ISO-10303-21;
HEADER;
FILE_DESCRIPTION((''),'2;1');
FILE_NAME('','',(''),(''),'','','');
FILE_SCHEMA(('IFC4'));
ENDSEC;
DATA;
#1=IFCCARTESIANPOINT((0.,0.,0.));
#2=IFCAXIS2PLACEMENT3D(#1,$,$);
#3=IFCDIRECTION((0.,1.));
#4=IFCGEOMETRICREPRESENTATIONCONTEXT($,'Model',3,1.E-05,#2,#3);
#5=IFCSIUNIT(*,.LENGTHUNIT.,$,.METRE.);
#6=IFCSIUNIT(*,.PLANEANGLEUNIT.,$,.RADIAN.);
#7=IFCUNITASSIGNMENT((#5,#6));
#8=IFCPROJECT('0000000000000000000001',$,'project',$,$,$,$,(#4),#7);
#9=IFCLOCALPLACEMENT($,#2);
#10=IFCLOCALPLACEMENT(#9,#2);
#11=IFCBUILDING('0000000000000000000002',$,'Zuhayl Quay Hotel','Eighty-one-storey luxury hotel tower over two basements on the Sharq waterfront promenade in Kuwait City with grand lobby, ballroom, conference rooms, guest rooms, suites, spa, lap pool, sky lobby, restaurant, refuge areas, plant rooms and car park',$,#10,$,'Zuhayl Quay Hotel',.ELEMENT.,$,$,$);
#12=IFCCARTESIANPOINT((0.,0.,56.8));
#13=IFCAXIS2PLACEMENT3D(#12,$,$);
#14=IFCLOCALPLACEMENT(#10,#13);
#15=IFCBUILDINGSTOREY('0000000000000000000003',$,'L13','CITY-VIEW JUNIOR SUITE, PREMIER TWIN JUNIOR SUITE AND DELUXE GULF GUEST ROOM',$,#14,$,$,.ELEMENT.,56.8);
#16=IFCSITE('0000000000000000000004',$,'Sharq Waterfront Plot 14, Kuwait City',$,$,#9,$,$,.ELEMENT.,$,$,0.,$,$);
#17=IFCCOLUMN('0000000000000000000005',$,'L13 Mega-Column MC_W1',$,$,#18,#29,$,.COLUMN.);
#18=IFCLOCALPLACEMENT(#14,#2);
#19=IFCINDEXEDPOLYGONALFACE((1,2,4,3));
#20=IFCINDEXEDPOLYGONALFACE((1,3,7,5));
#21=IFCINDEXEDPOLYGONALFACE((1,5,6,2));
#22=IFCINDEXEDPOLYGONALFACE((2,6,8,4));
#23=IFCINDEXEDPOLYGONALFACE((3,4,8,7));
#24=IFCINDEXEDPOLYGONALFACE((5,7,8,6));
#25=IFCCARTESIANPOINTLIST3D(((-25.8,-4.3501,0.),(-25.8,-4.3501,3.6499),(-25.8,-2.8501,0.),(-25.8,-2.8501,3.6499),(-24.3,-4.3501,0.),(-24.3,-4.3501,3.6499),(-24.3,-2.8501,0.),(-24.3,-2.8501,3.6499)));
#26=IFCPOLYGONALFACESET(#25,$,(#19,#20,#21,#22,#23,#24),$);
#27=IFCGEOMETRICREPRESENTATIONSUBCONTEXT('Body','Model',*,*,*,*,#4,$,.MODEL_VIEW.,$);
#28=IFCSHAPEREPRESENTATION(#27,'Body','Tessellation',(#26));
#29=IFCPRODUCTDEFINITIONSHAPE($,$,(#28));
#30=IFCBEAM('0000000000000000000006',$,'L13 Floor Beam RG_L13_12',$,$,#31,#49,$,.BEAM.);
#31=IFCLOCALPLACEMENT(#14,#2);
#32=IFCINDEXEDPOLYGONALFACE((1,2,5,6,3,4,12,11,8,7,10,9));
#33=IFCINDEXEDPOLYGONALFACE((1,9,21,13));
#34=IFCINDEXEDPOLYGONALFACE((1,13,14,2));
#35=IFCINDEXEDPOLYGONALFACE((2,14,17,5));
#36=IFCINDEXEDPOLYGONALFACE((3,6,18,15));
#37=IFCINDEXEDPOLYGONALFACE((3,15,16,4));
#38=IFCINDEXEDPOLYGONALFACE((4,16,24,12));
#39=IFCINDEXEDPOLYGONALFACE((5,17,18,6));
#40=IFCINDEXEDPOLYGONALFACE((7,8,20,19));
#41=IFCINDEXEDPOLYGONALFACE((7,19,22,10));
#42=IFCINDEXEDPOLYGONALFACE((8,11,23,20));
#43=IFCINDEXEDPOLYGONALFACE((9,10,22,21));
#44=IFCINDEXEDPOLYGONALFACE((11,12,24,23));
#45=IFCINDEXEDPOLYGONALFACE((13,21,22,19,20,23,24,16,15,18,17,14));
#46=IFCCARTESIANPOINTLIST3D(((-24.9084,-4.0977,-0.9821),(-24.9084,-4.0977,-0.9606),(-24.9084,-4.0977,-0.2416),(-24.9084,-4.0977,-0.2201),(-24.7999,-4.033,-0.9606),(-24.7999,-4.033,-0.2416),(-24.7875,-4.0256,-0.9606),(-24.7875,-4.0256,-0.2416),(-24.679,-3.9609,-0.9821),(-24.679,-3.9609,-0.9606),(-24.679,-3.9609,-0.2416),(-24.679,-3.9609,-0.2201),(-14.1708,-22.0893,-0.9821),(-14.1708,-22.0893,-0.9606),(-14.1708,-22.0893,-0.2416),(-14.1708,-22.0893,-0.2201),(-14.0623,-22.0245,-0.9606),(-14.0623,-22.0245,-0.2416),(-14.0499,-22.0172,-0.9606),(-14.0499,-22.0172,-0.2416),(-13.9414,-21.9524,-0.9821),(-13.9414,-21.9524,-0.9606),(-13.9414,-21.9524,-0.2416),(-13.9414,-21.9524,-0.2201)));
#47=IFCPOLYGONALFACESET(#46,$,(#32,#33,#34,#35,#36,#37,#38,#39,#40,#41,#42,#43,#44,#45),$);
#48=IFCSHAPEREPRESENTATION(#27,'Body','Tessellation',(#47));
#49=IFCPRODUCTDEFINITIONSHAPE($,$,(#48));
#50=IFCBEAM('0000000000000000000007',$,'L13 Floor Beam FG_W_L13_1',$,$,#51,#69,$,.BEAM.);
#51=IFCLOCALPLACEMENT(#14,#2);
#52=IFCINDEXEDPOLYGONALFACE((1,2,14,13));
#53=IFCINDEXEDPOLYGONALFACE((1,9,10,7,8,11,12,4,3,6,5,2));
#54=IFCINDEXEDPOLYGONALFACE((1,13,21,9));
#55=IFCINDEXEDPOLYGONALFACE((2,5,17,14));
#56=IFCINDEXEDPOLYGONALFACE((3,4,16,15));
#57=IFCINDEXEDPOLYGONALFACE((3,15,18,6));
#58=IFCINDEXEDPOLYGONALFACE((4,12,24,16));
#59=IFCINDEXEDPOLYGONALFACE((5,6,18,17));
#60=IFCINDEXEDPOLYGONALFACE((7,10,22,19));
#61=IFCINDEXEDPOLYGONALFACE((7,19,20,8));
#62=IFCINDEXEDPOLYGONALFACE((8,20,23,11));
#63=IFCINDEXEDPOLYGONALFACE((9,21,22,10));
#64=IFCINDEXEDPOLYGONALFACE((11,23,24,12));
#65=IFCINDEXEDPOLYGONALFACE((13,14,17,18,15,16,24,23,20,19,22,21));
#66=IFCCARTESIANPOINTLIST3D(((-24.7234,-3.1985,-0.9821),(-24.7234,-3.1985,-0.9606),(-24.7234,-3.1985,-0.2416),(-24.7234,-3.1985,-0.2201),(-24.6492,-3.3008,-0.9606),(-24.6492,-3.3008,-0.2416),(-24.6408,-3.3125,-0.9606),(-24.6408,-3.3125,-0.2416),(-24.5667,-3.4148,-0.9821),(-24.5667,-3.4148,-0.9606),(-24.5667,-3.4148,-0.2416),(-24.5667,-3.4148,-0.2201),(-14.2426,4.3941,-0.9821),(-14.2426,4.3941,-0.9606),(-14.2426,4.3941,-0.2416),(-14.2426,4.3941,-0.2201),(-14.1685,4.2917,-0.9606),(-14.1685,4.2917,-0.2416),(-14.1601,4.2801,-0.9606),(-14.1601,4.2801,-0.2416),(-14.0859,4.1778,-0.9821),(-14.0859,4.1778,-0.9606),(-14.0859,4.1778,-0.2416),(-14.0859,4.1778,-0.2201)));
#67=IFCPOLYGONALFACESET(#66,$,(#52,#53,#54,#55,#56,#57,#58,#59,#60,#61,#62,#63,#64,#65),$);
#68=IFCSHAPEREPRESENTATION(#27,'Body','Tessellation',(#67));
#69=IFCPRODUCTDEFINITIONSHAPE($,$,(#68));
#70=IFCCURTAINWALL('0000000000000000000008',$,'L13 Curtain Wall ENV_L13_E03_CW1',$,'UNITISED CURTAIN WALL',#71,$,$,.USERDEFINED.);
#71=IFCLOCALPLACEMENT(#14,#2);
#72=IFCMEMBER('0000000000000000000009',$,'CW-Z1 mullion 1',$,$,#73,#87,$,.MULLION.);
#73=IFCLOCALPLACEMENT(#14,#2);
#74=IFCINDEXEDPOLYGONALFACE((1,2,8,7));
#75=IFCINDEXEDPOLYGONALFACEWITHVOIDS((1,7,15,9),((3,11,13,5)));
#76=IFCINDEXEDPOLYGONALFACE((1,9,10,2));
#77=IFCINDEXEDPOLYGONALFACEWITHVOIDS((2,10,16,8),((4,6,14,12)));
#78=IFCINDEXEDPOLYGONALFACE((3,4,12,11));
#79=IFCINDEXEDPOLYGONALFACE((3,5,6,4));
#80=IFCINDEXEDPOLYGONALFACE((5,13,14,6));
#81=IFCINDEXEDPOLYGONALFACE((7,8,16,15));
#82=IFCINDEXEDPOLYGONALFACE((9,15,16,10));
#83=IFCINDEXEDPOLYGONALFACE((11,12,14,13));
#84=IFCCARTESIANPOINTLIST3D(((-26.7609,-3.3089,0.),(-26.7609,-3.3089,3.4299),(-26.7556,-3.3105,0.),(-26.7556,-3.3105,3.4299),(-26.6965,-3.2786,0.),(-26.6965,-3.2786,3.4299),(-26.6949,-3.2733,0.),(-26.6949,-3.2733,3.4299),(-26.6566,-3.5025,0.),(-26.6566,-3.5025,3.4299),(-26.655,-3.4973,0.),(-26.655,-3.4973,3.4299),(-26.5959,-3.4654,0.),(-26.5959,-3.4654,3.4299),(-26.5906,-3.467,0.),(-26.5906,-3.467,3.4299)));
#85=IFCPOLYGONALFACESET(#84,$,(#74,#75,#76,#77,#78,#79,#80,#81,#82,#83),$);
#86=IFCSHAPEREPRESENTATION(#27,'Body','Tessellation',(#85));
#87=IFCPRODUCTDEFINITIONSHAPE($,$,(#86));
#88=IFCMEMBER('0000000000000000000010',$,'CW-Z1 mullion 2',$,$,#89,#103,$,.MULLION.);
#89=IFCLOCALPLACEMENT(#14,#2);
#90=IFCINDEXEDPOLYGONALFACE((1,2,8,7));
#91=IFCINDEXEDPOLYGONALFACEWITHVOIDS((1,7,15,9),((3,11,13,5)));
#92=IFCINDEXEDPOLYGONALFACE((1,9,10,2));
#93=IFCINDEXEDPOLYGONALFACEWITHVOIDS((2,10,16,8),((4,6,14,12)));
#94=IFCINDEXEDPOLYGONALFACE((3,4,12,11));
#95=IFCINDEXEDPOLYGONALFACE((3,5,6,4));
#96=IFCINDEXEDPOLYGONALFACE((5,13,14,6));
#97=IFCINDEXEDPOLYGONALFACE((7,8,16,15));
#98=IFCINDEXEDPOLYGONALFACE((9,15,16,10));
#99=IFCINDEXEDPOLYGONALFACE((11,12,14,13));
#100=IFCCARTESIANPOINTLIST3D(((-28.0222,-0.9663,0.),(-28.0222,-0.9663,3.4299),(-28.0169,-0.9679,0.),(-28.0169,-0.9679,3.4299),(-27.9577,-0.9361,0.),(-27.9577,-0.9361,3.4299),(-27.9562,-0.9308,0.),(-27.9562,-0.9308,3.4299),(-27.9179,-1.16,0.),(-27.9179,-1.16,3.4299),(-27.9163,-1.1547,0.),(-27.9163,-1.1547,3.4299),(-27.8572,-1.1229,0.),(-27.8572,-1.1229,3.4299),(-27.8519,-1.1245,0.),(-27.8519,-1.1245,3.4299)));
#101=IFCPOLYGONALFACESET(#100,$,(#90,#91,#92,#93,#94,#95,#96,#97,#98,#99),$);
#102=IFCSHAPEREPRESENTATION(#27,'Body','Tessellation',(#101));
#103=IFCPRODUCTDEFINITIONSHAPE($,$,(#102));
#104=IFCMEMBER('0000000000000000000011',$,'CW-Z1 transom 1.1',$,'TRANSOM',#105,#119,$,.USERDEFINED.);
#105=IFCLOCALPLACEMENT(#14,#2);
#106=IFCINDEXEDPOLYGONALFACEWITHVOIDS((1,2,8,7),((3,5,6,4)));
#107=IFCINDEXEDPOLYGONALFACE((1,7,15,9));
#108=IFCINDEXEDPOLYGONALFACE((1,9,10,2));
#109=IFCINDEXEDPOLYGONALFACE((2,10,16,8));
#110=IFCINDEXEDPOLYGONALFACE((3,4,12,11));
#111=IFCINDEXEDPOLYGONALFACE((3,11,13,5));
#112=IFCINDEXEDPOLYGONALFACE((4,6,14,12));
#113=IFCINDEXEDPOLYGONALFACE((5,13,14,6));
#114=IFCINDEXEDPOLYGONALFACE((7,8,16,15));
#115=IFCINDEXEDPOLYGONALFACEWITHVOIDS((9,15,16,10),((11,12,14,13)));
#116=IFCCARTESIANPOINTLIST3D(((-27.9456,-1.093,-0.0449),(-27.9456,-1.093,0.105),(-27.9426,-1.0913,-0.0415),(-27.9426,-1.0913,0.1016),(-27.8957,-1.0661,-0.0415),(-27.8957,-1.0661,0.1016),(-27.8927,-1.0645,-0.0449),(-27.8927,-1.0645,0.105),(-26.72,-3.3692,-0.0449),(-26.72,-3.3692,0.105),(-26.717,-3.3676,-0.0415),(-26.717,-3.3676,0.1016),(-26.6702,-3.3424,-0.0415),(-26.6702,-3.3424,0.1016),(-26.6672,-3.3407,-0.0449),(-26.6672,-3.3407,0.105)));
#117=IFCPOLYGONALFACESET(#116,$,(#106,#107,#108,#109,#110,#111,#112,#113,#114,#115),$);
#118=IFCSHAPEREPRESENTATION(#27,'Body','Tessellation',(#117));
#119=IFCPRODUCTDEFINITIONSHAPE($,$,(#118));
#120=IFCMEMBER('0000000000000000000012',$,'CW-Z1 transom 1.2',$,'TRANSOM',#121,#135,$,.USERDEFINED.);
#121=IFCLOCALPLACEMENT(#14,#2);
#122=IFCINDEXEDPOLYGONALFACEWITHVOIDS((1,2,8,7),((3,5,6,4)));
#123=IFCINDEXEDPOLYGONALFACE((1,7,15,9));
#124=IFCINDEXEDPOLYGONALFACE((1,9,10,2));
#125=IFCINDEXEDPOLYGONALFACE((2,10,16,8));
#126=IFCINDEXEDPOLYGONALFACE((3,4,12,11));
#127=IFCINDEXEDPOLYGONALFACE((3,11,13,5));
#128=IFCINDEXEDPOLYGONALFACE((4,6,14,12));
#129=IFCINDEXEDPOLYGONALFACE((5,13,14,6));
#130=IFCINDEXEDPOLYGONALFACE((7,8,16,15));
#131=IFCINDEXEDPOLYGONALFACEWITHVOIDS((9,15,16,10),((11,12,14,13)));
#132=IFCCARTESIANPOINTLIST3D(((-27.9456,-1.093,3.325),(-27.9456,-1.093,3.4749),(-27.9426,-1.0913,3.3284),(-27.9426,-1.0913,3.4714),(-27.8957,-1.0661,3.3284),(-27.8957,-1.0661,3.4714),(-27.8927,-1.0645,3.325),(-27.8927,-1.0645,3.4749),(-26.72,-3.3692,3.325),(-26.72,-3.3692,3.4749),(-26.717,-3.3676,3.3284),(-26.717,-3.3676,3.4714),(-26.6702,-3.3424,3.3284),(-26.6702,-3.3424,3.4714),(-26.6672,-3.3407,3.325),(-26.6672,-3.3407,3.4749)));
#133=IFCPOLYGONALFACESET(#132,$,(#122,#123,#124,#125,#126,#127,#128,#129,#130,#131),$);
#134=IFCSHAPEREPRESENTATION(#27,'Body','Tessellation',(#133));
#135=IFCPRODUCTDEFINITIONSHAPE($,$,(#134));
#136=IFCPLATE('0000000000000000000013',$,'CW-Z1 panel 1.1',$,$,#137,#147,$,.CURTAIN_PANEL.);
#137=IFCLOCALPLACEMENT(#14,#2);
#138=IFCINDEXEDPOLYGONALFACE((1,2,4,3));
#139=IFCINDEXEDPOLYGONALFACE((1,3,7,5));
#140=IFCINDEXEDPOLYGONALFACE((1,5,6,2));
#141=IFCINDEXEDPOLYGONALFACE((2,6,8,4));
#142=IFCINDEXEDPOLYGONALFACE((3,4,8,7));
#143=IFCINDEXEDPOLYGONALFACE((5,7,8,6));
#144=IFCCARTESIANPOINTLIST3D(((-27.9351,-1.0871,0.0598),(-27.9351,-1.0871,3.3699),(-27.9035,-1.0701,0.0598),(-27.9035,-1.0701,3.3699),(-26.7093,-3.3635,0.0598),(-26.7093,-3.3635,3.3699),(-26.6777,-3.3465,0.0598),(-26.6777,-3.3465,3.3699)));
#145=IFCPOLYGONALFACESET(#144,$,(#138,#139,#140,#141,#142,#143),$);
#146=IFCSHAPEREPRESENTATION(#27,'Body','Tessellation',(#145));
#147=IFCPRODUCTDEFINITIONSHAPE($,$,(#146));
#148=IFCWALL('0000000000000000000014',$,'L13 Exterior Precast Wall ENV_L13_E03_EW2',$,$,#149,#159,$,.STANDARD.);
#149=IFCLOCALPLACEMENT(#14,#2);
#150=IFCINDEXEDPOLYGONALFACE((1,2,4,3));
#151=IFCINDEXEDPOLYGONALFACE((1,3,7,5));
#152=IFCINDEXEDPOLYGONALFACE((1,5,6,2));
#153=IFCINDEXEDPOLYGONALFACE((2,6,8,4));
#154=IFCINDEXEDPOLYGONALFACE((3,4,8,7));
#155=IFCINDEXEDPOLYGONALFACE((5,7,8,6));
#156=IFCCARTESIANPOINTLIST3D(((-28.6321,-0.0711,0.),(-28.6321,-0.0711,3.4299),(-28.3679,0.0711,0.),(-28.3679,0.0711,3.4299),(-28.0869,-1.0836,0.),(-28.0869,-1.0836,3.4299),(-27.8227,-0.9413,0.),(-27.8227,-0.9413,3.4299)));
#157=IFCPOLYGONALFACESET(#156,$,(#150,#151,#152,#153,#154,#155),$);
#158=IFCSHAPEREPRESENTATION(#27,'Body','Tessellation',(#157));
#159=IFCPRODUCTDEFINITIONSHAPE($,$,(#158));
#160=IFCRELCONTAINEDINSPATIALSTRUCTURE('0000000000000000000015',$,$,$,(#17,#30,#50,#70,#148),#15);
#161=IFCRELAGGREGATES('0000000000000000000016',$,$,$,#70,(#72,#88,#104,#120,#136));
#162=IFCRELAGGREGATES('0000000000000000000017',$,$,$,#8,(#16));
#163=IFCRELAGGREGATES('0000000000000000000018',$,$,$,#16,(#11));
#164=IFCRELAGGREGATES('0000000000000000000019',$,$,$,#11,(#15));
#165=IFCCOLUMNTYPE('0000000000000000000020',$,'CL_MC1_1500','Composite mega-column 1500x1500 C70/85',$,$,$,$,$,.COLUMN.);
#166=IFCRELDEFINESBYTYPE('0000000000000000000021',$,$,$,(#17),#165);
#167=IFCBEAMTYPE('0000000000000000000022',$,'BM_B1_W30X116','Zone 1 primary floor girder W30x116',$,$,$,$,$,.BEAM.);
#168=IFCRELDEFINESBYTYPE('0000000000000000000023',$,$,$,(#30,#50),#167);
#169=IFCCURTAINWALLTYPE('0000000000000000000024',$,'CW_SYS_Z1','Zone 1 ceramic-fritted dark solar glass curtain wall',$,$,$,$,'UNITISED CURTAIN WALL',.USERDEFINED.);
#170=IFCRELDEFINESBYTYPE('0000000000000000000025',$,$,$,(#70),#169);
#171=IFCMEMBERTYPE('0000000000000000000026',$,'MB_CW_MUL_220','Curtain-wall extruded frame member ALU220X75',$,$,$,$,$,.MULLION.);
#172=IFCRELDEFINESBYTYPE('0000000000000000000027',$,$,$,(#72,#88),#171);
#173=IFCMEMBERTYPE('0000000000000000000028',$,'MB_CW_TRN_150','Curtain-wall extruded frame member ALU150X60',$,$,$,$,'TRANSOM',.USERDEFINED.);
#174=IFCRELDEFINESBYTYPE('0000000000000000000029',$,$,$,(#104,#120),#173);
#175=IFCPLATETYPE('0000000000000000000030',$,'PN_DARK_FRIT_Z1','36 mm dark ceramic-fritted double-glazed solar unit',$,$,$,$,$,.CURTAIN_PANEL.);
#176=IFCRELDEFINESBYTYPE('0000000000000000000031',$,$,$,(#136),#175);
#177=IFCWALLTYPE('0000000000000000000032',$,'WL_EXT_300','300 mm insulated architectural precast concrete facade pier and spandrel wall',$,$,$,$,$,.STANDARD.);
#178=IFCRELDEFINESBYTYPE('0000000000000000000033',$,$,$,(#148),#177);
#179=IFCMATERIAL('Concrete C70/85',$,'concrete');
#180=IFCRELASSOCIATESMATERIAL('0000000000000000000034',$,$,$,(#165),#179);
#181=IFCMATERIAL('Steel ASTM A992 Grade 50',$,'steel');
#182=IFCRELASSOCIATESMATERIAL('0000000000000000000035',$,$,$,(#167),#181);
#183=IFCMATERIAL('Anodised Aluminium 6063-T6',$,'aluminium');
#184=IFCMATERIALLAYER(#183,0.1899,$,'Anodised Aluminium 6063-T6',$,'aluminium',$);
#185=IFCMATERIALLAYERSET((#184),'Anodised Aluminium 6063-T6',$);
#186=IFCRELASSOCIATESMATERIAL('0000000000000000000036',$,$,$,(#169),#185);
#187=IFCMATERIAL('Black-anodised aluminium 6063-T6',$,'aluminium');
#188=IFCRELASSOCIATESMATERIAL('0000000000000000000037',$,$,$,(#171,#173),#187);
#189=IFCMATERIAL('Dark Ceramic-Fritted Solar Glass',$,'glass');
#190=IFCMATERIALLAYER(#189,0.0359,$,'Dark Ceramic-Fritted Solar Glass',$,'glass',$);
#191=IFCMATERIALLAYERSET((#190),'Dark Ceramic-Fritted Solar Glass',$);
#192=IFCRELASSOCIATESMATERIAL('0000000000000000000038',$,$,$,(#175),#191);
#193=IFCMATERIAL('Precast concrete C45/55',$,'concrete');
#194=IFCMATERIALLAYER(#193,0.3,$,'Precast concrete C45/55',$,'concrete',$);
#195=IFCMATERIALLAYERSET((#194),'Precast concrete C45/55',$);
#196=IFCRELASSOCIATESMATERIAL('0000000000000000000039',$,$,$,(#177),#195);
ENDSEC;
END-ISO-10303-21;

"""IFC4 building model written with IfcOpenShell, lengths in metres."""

from ifc_helpers import new_model, si_unit, direction, frame, frame_2d, origin, origin_2d, place, context, subcontext, project, spatial, rectangle, hollow_rectangle, i_section, extrude, material, layer, layer_set, material_profile, profile_set, type_object, element, aggregate, save


model = new_model("IFC4")

# Units and contexts
model_context = context("Model", 3, precision=1e-05, world=origin(), true_north=direction((0.0, 1.0)))
body_context = subcontext(model_context, "Body", "Model", "MODEL_VIEW")
ifc_project = project(units=[si_unit("LENGTHUNIT", "METRE"), si_unit("PLANEANGLEUNIT", "RADIAN")], contexts=[model_context])

# Site, building, storey
site_placement = place(None, origin())
site = spatial("IfcSite", under=ifc_project, at=site_placement, Name="Sharq Waterfront Plot 14, Kuwait City", CompositionType="ELEMENT", RefElevation=0.0)
building_placement = place(site_placement, origin())
building = spatial("IfcBuilding", under=site, at=building_placement, Name="Zuhayl Quay Hotel", Description="Eighty-one-storey luxury hotel tower over two basements on the Sharq waterfront promenade in Kuwait City with grand lobby, ballroom, conference rooms, guest rooms, suites, spa, lap pool, sky lobby, restaurant, refuge areas, plant rooms and car park", LongName="Zuhayl Quay Hotel", CompositionType="ELEMENT")
storey_placement = place(building_placement, frame((0.0, 0.0, 56.8)))
storey = spatial("IfcBuildingStorey", under=building, at=storey_placement, Name="L13", Description="CITY-VIEW JUNIOR SUITE, PREMIER TWIN JUNIOR SUITE AND DELUXE GULF GUEST ROOM", CompositionType="ELEMENT", Elevation=56.8)

# Column
ifc_material_1 = material(Name="Concrete C70/85", Category="concrete")
ifc_material_profile_1 = material_profile(ifc_material_1, rectangle(XDim=1.5, YDim=1.5, at=origin_2d()), Name="RC1500X1500")
ifc_profile_set_1 = profile_set([ifc_material_profile_1], Name="Concrete C70/85")
column_type = type_object("IfcColumnType", Name="CL_MC1_1500", Description="Composite mega-column 1500x1500 C70/85", PredefinedType="COLUMN", material=ifc_profile_set_1)
column_placement = place(storey_placement, frame((-25.05, -3.6001, 0.0), z_axis=(0.0, 0.0, 1.0), x_axis=(1.0, 0.0, 0.0)))
element("IfcColumn", 1, at=column_placement, inside=storey, type_object=column_type, Name="L13 Mega-Column MC_W1", PredefinedType="COLUMN", context=body_context, shape_type="SweptSolid", body=[
    extrude(rectangle(XDim=1.5, YDim=1.5, at=origin_2d()), origin(), (0.0, 0.0, 1.0), 3.6499),
])

# Beams
ifc_material_2 = material(Name="Steel ASTM A992 Grade 50", Category="steel")
ifc_material_profile_2 = material_profile(ifc_material_2, i_section(OverallWidth=0.2671, OverallDepth=0.762, WebThickness=0.0144, FlangeThickness=0.0215, at=origin_2d()), Name="W30X116")
ifc_profile_set_2 = profile_set([ifc_material_profile_2], Name="Steel ASTM A992 Grade 50")
beam_type = type_object("IfcBeamType", Name="BM_B1_W30X116", Description="Zone 1 primary floor girder W30x116", PredefinedType="BEAM", material=ifc_profile_set_2)
beam_1_placement = place(storey_placement, frame((-24.7937, -4.0293, -0.6011), z_axis=(0.512483, -0.858698, 0.0), x_axis=(0.858698, 0.512483, 0.0)))
element("IfcBeam", 2, at=beam_1_placement, inside=storey, type_object=beam_type, Name="L13 Floor Beam RG_L13_12", PredefinedType="BEAM", context=body_context, shape_type="SweptSolid", body=[
    extrude(i_section(OverallWidth=0.2671, OverallDepth=0.762, WebThickness=0.0144, FlangeThickness=0.0215, at=origin_2d()), origin(), (0.0, 0.0, 1.0), 20.9521),
])
beam_2_placement = place(storey_placement, frame((-24.645, -3.3066, -0.6011), z_axis=(0.80983, 0.586664, 0.0), x_axis=(-0.586664, 0.80983, 0.0)))
element("IfcBeam", 3, at=beam_2_placement, inside=storey, type_object=beam_type, Name="L13 Floor Beam FG_W_L13_1", PredefinedType="BEAM", context=body_context, shape_type="SweptSolid", body=[
    extrude(i_section(OverallWidth=0.2671, OverallDepth=0.762, WebThickness=0.0144, FlangeThickness=0.0215, at=origin_2d()), origin(), (0.0, 0.0, 1.0), 12.9419),
])

# Curtain wall, members, plate
ifc_material_3 = material(Name="Anodised Aluminium 6063-T6", Category="aluminium")
ifc_layer_1 = layer(ifc_material_3, 0.1899, Name="Anodised Aluminium 6063-T6", Category="aluminium")
ifc_layer_set_1 = layer_set([ifc_layer_1], Name="Anodised Aluminium 6063-T6")
curtain_wall_type = type_object("IfcCurtainWallType", Name="CW_SYS_Z1", Description="Zone 1 ceramic-fritted dark solar glass curtain wall", ElementType="UNITISED CURTAIN WALL", PredefinedType="USERDEFINED", material=ifc_layer_set_1)
curtain_wall_placement = place(storey_placement, origin())
curtain_wall = element("IfcCurtainWall", 4, at=curtain_wall_placement, inside=storey, type_object=curtain_wall_type, Name="L13 Curtain Wall ENV_L13_E03_CW1", ObjectType="UNITISED CURTAIN WALL", PredefinedType="USERDEFINED")
ifc_material_4 = material(Name="Black-anodised aluminium 6063-T6", Category="aluminium")
ifc_material_profile_3 = material_profile(ifc_material_4, hollow_rectangle(XDim=0.075, YDim=0.22, WallThickness=0.0039, at=origin_2d()), Name="ALU220X75")
ifc_profile_set_3 = profile_set([ifc_material_profile_3], Name="Black-anodised aluminium 6063-T6")
member_type_1 = type_object("IfcMemberType", Name="MB_CW_MUL_220", Description="Curtain-wall extruded frame member ALU220X75", PredefinedType="MULLION", material=ifc_profile_set_3)
member_1_placement = place(storey_placement, frame((-26.6758, -3.3879, 0.0), z_axis=(0.0, 0.0, 1.0), x_axis=(-0.880476, -0.474091, 0.0)))
member_1 = element("IfcMember", 5, at=member_1_placement, type_object=member_type_1, Name="CW-Z1 mullion 1", PredefinedType="MULLION", context=body_context, shape_type="SweptSolid", body=[
    extrude(hollow_rectangle(XDim=0.075, YDim=0.22, WallThickness=0.0039, at=origin_2d()), origin(), (0.0, 0.0, 1.0), 3.4299),
])
member_2_placement = place(storey_placement, frame((-27.937, -1.0454, 0.0), z_axis=(0.0, 0.0, 1.0), x_axis=(-0.880476, -0.474091, 0.0)))
member_2 = element("IfcMember", 6, at=member_2_placement, type_object=member_type_1, Name="CW-Z1 mullion 2", PredefinedType="MULLION", context=body_context, shape_type="SweptSolid", body=[
    extrude(hollow_rectangle(XDim=0.075, YDim=0.22, WallThickness=0.0039, at=origin_2d()), origin(), (0.0, 0.0, 1.0), 3.4299),
])
ifc_material_profile_4 = material_profile(ifc_material_4, hollow_rectangle(XDim=0.0601, YDim=0.1499, WallThickness=0.0034, at=origin_2d()), Name="ALU150X60")
ifc_profile_set_4 = profile_set([ifc_material_profile_4], Name="Black-anodised aluminium 6063-T6")
member_type_2 = type_object("IfcMemberType", Name="MB_CW_TRN_150", Description="Curtain-wall extruded frame member ALU150X60", ElementType="TRANSOM", PredefinedType="USERDEFINED", material=ifc_profile_set_4)
member_3_placement = place(storey_placement, frame((-26.6936, -3.355, 0.03), z_axis=(-0.474055, 0.880495, 0.0), x_axis=(-0.880495, -0.474055, 0.0)))
member_3 = element("IfcMember", 7, at=member_3_placement, type_object=member_type_2, Name="CW-Z1 transom 1.1", ObjectType="TRANSOM", PredefinedType="USERDEFINED", context=body_context, shape_type="SweptSolid", body=[
    extrude(hollow_rectangle(XDim=0.0601, YDim=0.1499, WallThickness=0.0034, at=origin_2d()), origin(), (0.0, 0.0, 1.0), 2.5852),
])
member_4_placement = place(storey_placement, frame((-26.6936, -3.355, 3.3999), z_axis=(-0.474055, 0.880495, 0.0), x_axis=(-0.880495, -0.474055, 0.0)))
member_4 = element("IfcMember", 8, at=member_4_placement, type_object=member_type_2, Name="CW-Z1 transom 1.2", ObjectType="TRANSOM", PredefinedType="USERDEFINED", context=body_context, shape_type="SweptSolid", body=[
    extrude(hollow_rectangle(XDim=0.0601, YDim=0.1499, WallThickness=0.0034, at=origin_2d()), origin(), (0.0, 0.0, 1.0), 2.5852),
])
ifc_material_5 = material(Name="Dark Ceramic-Fritted Solar Glass", Category="glass")
ifc_layer_2 = layer(ifc_material_5, 0.0359, Name="Dark Ceramic-Fritted Solar Glass", Category="glass")
ifc_layer_set_2 = layer_set([ifc_layer_2], Name="Dark Ceramic-Fritted Solar Glass")
plate_type = type_object("IfcPlateType", Name="PN_DARK_FRIT_Z1", Description="36 mm dark ceramic-fritted double-glazed solar unit", PredefinedType="CURTAIN_PANEL", material=ifc_layer_set_2)
plate_placement = place(storey_placement, frame((-27.3064, -2.2168, 0.0598), z_axis=(0.0, 0.0, 1.0), x_axis=(-0.474091, 0.880476, 0.0)))
plate = element("IfcPlate", 9, at=plate_placement, type_object=plate_type, Name="CW-Z1 panel 1.1", PredefinedType="CURTAIN_PANEL", context=body_context, shape_type="SweptSolid", body=[
    extrude(rectangle(XDim=2.5854, YDim=0.0359, at=origin_2d()), origin(), (0.0, 0.0, 1.0), 3.3101),
])
aggregate(curtain_wall, [member_1, member_2, member_3, member_4, plate])

# Wall
ifc_material_6 = material(Name="Precast concrete C45/55", Category="concrete")
ifc_layer_3 = layer(ifc_material_6, 0.3, Name="Precast concrete C45/55", Category="concrete")
ifc_layer_set_3 = layer_set([ifc_layer_3], Name="Precast concrete C45/55")
wall_type_1 = type_object("IfcWallType", Name="WL_EXT_300", Description="300 mm insulated architectural precast concrete facade pier and spandrel wall", PredefinedType="STANDARD", material=ifc_layer_set_3)
wall_1_placement = place(storey_placement, frame((-27.9548, -1.0125, 0.0), z_axis=(0.0, 0.0, 1.0), x_axis=(-0.4741, 0.880471, 0.0)))
element("IfcWall", 10, at=wall_1_placement, inside=storey, type_object=wall_type_1, Name="L13 Exterior Precast Wall ENV_L13_E03_EW2", PredefinedType="STANDARD", context=body_context, shape_type="SweptSolid", body=[
    extrude(rectangle(XDim=1.1499, YDim=0.3, at=frame_2d((0.575, 0.0))), origin(), (0.0, 0.0, 1.0), 3.4299),
])

save(model, "model.ifc")
